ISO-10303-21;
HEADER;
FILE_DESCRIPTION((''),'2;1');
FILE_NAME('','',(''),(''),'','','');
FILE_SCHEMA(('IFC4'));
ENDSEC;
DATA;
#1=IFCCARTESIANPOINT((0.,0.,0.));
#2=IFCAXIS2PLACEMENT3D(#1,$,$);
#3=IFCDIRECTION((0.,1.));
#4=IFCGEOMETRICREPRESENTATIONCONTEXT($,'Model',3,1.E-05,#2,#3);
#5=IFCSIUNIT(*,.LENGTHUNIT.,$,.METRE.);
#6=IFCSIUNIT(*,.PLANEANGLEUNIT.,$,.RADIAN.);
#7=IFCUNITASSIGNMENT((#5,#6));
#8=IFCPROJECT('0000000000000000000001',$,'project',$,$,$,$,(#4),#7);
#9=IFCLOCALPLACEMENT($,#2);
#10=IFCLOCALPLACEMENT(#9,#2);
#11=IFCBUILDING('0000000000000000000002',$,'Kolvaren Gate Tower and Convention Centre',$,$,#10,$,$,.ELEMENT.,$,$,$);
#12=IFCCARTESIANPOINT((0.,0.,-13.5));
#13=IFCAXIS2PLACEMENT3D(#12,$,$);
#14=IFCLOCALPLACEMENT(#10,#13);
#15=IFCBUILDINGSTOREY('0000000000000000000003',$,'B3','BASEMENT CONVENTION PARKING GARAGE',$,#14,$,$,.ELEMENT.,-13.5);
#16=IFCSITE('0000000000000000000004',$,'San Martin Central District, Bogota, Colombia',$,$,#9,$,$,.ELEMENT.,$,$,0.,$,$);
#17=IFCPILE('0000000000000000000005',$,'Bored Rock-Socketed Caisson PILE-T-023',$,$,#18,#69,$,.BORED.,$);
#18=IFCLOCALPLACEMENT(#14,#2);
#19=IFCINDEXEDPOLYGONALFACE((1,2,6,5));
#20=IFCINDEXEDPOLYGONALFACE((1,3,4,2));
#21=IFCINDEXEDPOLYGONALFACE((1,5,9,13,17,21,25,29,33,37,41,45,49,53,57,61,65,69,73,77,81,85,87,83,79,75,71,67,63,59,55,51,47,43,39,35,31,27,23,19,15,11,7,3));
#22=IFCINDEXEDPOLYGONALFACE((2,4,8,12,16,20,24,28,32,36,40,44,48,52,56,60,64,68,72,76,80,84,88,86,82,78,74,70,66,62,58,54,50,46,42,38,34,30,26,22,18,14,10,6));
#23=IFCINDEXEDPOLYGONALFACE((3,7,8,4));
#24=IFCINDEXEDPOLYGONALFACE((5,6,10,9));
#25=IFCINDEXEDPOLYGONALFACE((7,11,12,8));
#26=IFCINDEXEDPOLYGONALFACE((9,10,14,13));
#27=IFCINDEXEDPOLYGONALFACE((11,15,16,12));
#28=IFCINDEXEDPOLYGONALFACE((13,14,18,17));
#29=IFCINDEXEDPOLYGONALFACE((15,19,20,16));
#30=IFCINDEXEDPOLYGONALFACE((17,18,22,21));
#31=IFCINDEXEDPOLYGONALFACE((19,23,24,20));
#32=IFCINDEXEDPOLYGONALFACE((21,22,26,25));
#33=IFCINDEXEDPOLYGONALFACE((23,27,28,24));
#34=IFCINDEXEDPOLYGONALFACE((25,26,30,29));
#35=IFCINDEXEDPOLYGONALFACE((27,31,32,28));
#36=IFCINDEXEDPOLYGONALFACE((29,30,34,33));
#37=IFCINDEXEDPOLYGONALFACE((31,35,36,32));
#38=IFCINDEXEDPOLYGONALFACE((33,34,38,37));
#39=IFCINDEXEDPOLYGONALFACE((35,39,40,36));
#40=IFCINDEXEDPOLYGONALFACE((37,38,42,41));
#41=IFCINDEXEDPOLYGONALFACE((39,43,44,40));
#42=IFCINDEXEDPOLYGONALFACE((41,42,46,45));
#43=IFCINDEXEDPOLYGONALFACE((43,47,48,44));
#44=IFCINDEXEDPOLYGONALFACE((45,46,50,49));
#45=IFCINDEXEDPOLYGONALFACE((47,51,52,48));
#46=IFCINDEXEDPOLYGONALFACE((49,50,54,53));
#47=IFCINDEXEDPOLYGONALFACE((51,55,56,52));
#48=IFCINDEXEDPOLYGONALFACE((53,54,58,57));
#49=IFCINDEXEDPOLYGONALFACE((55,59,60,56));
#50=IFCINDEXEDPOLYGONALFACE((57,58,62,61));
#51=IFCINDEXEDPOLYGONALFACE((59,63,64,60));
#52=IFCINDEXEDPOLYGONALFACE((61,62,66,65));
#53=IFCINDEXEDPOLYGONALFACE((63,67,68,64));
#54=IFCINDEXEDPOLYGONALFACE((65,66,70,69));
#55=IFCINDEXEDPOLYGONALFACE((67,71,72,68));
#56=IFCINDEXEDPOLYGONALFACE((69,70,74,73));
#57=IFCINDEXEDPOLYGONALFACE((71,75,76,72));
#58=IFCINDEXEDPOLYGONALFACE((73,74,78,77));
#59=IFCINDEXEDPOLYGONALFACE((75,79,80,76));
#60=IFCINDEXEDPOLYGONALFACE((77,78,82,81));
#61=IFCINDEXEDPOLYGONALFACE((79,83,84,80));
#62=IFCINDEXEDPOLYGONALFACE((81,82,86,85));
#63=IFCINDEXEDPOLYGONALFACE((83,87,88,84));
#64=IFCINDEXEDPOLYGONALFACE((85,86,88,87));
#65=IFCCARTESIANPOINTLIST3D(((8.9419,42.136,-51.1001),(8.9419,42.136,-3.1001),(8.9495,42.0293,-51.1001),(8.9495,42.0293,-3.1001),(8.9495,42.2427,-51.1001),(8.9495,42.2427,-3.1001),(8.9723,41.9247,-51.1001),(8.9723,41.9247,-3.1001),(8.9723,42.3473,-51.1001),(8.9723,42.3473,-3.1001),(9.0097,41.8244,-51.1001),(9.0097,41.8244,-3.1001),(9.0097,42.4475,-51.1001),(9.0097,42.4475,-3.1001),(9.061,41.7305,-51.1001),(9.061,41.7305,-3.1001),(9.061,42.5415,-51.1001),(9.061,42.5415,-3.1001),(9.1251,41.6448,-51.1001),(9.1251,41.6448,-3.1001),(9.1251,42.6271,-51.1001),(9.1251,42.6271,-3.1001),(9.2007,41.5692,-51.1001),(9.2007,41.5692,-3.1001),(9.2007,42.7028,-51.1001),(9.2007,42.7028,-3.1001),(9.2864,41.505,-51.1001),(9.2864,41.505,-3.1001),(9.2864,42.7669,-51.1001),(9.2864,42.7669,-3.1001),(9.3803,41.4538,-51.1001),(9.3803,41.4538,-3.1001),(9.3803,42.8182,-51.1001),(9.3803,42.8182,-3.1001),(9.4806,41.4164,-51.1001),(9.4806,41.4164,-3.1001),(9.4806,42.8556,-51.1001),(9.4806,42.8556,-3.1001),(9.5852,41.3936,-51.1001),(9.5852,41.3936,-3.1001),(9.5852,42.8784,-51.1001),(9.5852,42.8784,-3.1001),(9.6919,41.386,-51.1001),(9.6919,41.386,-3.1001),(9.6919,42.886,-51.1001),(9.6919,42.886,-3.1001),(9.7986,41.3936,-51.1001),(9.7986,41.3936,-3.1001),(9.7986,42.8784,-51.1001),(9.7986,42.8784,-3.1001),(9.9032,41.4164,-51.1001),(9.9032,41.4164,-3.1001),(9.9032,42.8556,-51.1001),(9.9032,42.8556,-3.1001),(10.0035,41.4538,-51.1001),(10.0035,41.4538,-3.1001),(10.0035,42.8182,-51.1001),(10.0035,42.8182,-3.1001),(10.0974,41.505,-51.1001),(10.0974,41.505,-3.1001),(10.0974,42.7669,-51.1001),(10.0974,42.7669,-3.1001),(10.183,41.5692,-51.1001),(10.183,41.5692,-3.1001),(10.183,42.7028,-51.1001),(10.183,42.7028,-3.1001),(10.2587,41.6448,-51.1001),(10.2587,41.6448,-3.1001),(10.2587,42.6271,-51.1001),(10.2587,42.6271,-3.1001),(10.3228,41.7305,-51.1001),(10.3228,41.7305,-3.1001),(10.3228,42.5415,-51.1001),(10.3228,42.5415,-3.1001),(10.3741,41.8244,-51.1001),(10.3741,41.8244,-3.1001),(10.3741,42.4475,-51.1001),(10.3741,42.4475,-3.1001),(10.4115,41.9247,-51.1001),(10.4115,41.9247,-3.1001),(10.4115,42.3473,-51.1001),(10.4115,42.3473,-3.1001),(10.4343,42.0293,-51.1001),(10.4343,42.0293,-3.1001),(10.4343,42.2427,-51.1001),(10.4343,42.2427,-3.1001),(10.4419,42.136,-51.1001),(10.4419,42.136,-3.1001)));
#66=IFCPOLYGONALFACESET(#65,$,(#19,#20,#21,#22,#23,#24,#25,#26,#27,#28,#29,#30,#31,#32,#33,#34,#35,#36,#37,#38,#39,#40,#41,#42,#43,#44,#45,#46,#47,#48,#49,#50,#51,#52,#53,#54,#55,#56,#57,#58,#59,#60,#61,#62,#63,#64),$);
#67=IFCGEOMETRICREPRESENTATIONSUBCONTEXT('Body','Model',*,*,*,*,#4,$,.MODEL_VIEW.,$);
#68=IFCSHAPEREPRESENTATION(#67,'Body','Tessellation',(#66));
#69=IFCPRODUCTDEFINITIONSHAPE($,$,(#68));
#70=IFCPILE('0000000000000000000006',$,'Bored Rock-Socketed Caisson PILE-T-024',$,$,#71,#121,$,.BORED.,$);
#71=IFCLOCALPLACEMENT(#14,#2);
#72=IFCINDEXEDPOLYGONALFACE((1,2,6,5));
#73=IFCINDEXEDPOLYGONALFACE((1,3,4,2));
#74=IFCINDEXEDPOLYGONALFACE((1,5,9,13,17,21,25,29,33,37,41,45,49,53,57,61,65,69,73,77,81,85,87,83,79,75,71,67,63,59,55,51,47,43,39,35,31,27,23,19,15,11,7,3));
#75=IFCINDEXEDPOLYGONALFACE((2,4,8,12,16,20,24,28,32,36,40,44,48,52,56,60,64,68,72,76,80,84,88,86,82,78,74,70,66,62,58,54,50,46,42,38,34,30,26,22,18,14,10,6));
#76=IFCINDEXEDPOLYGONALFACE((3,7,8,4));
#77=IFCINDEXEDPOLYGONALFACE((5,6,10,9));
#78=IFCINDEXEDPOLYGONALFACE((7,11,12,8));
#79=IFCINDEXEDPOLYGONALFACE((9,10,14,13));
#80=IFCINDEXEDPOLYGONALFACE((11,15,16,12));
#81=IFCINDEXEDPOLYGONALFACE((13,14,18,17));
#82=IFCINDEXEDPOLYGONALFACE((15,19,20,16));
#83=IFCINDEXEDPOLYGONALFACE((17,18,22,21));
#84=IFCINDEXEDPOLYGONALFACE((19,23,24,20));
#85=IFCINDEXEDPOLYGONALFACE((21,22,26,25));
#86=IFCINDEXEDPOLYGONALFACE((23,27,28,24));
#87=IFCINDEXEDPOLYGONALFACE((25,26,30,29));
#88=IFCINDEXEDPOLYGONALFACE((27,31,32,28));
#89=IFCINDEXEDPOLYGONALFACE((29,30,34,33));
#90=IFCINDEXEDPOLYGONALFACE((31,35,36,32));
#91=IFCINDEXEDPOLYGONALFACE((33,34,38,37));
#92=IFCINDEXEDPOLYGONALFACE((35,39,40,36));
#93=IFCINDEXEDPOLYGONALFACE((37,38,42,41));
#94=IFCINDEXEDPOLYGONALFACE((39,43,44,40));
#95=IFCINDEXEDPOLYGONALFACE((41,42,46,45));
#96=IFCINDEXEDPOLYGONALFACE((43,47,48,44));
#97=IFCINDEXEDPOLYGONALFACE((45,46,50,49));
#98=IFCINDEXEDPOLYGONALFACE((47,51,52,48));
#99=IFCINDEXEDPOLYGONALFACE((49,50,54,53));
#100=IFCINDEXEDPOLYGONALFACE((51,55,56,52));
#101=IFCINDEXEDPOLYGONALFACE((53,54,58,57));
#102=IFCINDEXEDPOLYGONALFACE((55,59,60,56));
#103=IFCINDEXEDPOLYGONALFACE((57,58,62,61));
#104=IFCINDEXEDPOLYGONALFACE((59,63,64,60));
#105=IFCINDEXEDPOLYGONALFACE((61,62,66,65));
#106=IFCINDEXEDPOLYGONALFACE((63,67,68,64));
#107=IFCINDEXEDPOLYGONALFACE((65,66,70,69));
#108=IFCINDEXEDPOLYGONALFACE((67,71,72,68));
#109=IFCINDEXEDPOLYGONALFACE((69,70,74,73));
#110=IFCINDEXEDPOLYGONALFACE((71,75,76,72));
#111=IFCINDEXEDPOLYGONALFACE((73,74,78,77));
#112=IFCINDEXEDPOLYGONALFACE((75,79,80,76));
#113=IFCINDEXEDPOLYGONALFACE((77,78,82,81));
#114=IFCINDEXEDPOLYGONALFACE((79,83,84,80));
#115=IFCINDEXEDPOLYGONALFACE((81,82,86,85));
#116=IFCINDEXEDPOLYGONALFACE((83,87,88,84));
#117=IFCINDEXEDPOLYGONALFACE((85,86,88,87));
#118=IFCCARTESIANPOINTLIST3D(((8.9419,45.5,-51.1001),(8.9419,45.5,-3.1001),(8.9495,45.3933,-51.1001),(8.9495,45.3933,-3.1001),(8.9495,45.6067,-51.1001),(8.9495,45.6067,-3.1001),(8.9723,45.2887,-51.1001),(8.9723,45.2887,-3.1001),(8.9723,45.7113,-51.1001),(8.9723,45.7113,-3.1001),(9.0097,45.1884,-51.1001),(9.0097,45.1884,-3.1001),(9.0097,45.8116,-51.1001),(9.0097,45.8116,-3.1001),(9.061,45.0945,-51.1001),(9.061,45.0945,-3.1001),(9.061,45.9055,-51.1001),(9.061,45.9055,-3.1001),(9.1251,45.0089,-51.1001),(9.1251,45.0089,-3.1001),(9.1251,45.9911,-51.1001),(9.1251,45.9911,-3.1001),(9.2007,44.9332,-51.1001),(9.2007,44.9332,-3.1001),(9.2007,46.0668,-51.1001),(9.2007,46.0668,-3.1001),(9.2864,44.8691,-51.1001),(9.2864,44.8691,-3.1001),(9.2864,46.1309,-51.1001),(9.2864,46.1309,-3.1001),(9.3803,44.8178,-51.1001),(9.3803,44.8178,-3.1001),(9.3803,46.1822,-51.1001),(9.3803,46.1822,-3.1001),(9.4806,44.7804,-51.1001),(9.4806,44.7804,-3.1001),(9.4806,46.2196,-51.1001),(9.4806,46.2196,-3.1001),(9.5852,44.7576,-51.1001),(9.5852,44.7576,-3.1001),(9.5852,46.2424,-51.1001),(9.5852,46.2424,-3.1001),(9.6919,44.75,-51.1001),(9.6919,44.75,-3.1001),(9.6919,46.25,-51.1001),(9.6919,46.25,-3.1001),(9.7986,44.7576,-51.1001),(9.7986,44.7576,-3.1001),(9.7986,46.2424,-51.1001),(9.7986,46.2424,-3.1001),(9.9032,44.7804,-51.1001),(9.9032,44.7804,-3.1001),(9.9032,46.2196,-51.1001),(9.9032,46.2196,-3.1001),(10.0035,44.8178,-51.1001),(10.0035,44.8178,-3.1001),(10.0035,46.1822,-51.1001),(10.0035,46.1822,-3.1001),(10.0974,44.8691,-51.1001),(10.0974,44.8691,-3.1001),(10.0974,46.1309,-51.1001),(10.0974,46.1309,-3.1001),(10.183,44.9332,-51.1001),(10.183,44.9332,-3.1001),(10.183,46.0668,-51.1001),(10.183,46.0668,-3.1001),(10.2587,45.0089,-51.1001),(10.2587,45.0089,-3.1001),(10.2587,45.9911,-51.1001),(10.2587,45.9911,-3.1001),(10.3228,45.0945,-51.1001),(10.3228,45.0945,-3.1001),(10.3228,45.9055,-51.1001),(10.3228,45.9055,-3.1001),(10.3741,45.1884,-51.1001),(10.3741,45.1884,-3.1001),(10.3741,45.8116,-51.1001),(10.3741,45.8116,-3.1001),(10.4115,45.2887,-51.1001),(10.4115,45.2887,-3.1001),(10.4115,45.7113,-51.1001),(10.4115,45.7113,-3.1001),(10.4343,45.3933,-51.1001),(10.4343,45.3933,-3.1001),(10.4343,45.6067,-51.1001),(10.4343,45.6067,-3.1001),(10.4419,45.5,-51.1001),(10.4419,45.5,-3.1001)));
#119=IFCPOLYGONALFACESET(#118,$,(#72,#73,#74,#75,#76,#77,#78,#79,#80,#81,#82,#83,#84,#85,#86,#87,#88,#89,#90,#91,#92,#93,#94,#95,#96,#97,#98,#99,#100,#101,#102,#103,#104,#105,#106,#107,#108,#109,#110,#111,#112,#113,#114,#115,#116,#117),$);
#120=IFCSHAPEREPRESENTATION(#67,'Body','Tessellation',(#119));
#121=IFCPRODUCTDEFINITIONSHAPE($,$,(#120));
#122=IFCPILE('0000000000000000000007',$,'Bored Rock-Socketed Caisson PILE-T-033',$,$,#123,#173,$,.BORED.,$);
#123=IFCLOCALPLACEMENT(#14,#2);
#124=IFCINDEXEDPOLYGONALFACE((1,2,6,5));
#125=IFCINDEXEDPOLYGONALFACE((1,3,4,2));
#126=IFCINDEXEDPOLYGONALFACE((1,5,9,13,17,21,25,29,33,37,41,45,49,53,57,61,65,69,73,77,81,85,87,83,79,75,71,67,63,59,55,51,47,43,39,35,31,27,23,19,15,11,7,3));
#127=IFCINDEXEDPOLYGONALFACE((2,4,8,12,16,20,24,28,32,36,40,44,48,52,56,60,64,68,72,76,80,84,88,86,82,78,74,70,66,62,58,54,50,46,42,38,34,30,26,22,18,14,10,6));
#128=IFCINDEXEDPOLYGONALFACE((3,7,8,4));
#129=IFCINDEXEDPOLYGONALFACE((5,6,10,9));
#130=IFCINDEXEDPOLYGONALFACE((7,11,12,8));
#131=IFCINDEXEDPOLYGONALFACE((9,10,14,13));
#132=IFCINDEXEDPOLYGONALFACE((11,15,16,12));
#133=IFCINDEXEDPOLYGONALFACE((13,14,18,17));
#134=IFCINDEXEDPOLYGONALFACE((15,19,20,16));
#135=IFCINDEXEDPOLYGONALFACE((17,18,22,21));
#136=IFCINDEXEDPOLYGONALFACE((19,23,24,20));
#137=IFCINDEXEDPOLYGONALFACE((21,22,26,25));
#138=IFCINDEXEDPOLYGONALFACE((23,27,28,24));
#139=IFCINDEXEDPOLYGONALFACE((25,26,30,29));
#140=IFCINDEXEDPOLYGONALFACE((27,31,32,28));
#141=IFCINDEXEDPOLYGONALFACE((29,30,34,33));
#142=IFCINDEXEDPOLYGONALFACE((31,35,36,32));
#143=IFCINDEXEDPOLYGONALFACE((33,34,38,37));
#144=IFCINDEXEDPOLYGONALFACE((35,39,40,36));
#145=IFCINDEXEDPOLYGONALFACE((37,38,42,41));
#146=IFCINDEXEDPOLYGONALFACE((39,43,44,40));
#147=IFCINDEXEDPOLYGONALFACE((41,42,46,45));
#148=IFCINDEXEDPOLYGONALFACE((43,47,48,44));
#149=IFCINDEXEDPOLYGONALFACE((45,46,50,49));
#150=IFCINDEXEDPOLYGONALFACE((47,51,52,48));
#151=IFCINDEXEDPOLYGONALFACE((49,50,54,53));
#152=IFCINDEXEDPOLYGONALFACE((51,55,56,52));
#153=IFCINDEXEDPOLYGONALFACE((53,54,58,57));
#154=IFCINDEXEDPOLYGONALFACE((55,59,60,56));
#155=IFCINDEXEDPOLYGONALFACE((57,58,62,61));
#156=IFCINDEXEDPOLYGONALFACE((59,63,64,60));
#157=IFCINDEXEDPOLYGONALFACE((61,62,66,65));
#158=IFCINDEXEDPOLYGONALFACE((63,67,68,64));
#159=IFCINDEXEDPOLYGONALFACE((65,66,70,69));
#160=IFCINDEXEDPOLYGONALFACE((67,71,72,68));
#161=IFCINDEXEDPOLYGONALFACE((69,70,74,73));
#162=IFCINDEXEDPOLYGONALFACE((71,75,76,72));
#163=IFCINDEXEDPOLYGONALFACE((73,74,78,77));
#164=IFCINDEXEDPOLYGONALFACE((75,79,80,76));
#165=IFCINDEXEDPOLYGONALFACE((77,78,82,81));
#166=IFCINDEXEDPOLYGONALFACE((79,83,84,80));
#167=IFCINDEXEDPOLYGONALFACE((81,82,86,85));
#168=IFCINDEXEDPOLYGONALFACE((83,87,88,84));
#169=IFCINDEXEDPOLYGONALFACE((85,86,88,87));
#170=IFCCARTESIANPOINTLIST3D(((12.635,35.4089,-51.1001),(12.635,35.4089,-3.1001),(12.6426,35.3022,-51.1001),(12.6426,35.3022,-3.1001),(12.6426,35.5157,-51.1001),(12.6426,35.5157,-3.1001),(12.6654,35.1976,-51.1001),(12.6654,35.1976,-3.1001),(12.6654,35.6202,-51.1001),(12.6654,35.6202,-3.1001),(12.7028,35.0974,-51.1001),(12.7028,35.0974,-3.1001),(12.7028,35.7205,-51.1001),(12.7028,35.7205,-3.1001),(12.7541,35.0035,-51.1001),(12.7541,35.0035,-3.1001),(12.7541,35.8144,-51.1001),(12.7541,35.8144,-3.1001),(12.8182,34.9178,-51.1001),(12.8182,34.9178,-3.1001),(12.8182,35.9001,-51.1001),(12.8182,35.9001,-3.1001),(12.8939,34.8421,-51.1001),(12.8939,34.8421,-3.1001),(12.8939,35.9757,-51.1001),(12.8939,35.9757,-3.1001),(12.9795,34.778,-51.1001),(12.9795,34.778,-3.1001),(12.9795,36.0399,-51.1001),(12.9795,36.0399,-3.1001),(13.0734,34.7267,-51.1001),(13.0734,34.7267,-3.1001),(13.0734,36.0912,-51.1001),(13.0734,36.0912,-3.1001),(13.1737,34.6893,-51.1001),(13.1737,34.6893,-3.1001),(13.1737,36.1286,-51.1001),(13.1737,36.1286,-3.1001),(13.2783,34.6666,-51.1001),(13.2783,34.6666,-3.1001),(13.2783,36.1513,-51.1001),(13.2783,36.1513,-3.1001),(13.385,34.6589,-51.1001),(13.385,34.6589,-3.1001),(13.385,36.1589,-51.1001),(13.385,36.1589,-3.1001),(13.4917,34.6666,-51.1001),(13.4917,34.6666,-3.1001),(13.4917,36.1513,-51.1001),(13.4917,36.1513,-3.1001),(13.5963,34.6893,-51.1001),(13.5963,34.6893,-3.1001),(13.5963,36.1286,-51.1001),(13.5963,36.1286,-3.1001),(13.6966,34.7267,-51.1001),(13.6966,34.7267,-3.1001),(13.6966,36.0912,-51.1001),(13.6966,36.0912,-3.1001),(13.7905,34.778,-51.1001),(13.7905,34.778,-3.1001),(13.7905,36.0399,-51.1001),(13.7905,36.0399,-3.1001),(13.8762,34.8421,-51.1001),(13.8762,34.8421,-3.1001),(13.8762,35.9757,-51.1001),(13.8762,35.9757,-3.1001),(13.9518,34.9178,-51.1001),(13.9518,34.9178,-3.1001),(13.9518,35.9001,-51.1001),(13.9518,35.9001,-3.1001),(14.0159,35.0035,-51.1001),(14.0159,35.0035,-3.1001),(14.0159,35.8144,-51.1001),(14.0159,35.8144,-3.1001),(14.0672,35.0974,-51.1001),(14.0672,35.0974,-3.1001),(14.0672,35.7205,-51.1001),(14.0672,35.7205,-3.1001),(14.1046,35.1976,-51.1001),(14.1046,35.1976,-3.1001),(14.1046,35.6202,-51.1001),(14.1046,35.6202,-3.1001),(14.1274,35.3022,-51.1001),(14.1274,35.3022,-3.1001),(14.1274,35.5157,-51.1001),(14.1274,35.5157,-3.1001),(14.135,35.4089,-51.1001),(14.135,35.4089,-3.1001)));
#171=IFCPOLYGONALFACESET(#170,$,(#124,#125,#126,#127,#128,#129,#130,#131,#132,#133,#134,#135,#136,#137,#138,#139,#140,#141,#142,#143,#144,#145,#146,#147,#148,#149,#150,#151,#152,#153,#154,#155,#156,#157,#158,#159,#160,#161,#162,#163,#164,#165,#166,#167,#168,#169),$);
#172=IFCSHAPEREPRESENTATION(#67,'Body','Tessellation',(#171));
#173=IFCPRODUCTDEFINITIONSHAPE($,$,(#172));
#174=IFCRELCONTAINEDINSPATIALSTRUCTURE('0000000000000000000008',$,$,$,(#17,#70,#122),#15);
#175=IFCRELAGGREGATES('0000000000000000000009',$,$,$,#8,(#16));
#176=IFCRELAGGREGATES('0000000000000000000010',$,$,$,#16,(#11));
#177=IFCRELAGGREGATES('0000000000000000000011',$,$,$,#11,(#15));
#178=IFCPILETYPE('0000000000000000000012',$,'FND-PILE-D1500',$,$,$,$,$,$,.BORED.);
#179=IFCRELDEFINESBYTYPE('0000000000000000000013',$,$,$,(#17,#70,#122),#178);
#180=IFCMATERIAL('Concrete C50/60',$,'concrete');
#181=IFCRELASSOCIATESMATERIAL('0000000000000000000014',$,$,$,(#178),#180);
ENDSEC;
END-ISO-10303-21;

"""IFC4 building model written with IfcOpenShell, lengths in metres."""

from ifc_helpers import new_model, si_unit, direction, frame, origin, origin_2d, place, context, subcontext, project, spatial, circle, extrude, material, material_profile, profile_set, type_object, element, save


model = new_model("IFC4")

# Units and contexts
model_context = context("Model", 3, precision=1e-05, world=origin(), true_north=direction((0.0, 1.0)))
body_context = subcontext(model_context, "Body", "Model", "MODEL_VIEW")
ifc_project = project(units=[si_unit("LENGTHUNIT", "METRE"), si_unit("PLANEANGLEUNIT", "RADIAN")], contexts=[model_context])

# Site, building, storey
site_placement = place(None, origin())
site = spatial("IfcSite", under=ifc_project, at=site_placement, Name="San Martin Central District, Bogota, Colombia", CompositionType="ELEMENT", RefElevation=0.0)
building_placement = place(site_placement, origin())
building = spatial("IfcBuilding", under=site, at=building_placement, Name="Kolvaren Gate Tower and Convention Centre", CompositionType="ELEMENT")
storey_placement = place(building_placement, frame((0.0, 0.0, -13.5)))
storey = spatial("IfcBuildingStorey", under=building, at=storey_placement, Name="B3", Description="BASEMENT CONVENTION PARKING GARAGE", CompositionType="ELEMENT", Elevation=-13.5)

# Piles
ifc_material_1 = material(Name="Concrete C50/60", Category="concrete")
ifc_material_profile_1 = material_profile(ifc_material_1, circle(Radius=0.75, at=origin_2d()), Name="CAISSON-D1500")
ifc_profile_set_1 = profile_set([ifc_material_profile_1], Name="Concrete C50/60")
pile_type = type_object("IfcPileType", Name="FND-PILE-D1500", PredefinedType="BORED", material=ifc_profile_set_1)
for number, where, z_axis, x_axis, name in (
    (1, (9.6919, 42.136, -3.1001), (0.0, 0.0, -1.0), (1.0, 0.0, 0.0), "Bored Rock-Socketed Caisson PILE-T-023"),
    (2, (9.6919, 45.5, -3.1001), (0.0, 0.0, -1.0), (1.0, 0.0, 0.0), "Bored Rock-Socketed Caisson PILE-T-024"),
    (3, (13.385, 35.4089, -3.1001), (0.0, 0.0, -1.0), (1.0, 0.0, 0.0), "Bored Rock-Socketed Caisson PILE-T-033"),
):
    element("IfcPile", number, at=place(storey_placement, frame(where, z_axis=z_axis, x_axis=x_axis)), inside=storey, type_object=pile_type, Name=name, PredefinedType="BORED", context=body_context, shape_type="SweptSolid", body=[
        extrude(circle(Radius=0.75, at=origin_2d()), origin(), (0.0, 0.0, 1.0), 48.0),
    ])

save(model, "model.ifc")
